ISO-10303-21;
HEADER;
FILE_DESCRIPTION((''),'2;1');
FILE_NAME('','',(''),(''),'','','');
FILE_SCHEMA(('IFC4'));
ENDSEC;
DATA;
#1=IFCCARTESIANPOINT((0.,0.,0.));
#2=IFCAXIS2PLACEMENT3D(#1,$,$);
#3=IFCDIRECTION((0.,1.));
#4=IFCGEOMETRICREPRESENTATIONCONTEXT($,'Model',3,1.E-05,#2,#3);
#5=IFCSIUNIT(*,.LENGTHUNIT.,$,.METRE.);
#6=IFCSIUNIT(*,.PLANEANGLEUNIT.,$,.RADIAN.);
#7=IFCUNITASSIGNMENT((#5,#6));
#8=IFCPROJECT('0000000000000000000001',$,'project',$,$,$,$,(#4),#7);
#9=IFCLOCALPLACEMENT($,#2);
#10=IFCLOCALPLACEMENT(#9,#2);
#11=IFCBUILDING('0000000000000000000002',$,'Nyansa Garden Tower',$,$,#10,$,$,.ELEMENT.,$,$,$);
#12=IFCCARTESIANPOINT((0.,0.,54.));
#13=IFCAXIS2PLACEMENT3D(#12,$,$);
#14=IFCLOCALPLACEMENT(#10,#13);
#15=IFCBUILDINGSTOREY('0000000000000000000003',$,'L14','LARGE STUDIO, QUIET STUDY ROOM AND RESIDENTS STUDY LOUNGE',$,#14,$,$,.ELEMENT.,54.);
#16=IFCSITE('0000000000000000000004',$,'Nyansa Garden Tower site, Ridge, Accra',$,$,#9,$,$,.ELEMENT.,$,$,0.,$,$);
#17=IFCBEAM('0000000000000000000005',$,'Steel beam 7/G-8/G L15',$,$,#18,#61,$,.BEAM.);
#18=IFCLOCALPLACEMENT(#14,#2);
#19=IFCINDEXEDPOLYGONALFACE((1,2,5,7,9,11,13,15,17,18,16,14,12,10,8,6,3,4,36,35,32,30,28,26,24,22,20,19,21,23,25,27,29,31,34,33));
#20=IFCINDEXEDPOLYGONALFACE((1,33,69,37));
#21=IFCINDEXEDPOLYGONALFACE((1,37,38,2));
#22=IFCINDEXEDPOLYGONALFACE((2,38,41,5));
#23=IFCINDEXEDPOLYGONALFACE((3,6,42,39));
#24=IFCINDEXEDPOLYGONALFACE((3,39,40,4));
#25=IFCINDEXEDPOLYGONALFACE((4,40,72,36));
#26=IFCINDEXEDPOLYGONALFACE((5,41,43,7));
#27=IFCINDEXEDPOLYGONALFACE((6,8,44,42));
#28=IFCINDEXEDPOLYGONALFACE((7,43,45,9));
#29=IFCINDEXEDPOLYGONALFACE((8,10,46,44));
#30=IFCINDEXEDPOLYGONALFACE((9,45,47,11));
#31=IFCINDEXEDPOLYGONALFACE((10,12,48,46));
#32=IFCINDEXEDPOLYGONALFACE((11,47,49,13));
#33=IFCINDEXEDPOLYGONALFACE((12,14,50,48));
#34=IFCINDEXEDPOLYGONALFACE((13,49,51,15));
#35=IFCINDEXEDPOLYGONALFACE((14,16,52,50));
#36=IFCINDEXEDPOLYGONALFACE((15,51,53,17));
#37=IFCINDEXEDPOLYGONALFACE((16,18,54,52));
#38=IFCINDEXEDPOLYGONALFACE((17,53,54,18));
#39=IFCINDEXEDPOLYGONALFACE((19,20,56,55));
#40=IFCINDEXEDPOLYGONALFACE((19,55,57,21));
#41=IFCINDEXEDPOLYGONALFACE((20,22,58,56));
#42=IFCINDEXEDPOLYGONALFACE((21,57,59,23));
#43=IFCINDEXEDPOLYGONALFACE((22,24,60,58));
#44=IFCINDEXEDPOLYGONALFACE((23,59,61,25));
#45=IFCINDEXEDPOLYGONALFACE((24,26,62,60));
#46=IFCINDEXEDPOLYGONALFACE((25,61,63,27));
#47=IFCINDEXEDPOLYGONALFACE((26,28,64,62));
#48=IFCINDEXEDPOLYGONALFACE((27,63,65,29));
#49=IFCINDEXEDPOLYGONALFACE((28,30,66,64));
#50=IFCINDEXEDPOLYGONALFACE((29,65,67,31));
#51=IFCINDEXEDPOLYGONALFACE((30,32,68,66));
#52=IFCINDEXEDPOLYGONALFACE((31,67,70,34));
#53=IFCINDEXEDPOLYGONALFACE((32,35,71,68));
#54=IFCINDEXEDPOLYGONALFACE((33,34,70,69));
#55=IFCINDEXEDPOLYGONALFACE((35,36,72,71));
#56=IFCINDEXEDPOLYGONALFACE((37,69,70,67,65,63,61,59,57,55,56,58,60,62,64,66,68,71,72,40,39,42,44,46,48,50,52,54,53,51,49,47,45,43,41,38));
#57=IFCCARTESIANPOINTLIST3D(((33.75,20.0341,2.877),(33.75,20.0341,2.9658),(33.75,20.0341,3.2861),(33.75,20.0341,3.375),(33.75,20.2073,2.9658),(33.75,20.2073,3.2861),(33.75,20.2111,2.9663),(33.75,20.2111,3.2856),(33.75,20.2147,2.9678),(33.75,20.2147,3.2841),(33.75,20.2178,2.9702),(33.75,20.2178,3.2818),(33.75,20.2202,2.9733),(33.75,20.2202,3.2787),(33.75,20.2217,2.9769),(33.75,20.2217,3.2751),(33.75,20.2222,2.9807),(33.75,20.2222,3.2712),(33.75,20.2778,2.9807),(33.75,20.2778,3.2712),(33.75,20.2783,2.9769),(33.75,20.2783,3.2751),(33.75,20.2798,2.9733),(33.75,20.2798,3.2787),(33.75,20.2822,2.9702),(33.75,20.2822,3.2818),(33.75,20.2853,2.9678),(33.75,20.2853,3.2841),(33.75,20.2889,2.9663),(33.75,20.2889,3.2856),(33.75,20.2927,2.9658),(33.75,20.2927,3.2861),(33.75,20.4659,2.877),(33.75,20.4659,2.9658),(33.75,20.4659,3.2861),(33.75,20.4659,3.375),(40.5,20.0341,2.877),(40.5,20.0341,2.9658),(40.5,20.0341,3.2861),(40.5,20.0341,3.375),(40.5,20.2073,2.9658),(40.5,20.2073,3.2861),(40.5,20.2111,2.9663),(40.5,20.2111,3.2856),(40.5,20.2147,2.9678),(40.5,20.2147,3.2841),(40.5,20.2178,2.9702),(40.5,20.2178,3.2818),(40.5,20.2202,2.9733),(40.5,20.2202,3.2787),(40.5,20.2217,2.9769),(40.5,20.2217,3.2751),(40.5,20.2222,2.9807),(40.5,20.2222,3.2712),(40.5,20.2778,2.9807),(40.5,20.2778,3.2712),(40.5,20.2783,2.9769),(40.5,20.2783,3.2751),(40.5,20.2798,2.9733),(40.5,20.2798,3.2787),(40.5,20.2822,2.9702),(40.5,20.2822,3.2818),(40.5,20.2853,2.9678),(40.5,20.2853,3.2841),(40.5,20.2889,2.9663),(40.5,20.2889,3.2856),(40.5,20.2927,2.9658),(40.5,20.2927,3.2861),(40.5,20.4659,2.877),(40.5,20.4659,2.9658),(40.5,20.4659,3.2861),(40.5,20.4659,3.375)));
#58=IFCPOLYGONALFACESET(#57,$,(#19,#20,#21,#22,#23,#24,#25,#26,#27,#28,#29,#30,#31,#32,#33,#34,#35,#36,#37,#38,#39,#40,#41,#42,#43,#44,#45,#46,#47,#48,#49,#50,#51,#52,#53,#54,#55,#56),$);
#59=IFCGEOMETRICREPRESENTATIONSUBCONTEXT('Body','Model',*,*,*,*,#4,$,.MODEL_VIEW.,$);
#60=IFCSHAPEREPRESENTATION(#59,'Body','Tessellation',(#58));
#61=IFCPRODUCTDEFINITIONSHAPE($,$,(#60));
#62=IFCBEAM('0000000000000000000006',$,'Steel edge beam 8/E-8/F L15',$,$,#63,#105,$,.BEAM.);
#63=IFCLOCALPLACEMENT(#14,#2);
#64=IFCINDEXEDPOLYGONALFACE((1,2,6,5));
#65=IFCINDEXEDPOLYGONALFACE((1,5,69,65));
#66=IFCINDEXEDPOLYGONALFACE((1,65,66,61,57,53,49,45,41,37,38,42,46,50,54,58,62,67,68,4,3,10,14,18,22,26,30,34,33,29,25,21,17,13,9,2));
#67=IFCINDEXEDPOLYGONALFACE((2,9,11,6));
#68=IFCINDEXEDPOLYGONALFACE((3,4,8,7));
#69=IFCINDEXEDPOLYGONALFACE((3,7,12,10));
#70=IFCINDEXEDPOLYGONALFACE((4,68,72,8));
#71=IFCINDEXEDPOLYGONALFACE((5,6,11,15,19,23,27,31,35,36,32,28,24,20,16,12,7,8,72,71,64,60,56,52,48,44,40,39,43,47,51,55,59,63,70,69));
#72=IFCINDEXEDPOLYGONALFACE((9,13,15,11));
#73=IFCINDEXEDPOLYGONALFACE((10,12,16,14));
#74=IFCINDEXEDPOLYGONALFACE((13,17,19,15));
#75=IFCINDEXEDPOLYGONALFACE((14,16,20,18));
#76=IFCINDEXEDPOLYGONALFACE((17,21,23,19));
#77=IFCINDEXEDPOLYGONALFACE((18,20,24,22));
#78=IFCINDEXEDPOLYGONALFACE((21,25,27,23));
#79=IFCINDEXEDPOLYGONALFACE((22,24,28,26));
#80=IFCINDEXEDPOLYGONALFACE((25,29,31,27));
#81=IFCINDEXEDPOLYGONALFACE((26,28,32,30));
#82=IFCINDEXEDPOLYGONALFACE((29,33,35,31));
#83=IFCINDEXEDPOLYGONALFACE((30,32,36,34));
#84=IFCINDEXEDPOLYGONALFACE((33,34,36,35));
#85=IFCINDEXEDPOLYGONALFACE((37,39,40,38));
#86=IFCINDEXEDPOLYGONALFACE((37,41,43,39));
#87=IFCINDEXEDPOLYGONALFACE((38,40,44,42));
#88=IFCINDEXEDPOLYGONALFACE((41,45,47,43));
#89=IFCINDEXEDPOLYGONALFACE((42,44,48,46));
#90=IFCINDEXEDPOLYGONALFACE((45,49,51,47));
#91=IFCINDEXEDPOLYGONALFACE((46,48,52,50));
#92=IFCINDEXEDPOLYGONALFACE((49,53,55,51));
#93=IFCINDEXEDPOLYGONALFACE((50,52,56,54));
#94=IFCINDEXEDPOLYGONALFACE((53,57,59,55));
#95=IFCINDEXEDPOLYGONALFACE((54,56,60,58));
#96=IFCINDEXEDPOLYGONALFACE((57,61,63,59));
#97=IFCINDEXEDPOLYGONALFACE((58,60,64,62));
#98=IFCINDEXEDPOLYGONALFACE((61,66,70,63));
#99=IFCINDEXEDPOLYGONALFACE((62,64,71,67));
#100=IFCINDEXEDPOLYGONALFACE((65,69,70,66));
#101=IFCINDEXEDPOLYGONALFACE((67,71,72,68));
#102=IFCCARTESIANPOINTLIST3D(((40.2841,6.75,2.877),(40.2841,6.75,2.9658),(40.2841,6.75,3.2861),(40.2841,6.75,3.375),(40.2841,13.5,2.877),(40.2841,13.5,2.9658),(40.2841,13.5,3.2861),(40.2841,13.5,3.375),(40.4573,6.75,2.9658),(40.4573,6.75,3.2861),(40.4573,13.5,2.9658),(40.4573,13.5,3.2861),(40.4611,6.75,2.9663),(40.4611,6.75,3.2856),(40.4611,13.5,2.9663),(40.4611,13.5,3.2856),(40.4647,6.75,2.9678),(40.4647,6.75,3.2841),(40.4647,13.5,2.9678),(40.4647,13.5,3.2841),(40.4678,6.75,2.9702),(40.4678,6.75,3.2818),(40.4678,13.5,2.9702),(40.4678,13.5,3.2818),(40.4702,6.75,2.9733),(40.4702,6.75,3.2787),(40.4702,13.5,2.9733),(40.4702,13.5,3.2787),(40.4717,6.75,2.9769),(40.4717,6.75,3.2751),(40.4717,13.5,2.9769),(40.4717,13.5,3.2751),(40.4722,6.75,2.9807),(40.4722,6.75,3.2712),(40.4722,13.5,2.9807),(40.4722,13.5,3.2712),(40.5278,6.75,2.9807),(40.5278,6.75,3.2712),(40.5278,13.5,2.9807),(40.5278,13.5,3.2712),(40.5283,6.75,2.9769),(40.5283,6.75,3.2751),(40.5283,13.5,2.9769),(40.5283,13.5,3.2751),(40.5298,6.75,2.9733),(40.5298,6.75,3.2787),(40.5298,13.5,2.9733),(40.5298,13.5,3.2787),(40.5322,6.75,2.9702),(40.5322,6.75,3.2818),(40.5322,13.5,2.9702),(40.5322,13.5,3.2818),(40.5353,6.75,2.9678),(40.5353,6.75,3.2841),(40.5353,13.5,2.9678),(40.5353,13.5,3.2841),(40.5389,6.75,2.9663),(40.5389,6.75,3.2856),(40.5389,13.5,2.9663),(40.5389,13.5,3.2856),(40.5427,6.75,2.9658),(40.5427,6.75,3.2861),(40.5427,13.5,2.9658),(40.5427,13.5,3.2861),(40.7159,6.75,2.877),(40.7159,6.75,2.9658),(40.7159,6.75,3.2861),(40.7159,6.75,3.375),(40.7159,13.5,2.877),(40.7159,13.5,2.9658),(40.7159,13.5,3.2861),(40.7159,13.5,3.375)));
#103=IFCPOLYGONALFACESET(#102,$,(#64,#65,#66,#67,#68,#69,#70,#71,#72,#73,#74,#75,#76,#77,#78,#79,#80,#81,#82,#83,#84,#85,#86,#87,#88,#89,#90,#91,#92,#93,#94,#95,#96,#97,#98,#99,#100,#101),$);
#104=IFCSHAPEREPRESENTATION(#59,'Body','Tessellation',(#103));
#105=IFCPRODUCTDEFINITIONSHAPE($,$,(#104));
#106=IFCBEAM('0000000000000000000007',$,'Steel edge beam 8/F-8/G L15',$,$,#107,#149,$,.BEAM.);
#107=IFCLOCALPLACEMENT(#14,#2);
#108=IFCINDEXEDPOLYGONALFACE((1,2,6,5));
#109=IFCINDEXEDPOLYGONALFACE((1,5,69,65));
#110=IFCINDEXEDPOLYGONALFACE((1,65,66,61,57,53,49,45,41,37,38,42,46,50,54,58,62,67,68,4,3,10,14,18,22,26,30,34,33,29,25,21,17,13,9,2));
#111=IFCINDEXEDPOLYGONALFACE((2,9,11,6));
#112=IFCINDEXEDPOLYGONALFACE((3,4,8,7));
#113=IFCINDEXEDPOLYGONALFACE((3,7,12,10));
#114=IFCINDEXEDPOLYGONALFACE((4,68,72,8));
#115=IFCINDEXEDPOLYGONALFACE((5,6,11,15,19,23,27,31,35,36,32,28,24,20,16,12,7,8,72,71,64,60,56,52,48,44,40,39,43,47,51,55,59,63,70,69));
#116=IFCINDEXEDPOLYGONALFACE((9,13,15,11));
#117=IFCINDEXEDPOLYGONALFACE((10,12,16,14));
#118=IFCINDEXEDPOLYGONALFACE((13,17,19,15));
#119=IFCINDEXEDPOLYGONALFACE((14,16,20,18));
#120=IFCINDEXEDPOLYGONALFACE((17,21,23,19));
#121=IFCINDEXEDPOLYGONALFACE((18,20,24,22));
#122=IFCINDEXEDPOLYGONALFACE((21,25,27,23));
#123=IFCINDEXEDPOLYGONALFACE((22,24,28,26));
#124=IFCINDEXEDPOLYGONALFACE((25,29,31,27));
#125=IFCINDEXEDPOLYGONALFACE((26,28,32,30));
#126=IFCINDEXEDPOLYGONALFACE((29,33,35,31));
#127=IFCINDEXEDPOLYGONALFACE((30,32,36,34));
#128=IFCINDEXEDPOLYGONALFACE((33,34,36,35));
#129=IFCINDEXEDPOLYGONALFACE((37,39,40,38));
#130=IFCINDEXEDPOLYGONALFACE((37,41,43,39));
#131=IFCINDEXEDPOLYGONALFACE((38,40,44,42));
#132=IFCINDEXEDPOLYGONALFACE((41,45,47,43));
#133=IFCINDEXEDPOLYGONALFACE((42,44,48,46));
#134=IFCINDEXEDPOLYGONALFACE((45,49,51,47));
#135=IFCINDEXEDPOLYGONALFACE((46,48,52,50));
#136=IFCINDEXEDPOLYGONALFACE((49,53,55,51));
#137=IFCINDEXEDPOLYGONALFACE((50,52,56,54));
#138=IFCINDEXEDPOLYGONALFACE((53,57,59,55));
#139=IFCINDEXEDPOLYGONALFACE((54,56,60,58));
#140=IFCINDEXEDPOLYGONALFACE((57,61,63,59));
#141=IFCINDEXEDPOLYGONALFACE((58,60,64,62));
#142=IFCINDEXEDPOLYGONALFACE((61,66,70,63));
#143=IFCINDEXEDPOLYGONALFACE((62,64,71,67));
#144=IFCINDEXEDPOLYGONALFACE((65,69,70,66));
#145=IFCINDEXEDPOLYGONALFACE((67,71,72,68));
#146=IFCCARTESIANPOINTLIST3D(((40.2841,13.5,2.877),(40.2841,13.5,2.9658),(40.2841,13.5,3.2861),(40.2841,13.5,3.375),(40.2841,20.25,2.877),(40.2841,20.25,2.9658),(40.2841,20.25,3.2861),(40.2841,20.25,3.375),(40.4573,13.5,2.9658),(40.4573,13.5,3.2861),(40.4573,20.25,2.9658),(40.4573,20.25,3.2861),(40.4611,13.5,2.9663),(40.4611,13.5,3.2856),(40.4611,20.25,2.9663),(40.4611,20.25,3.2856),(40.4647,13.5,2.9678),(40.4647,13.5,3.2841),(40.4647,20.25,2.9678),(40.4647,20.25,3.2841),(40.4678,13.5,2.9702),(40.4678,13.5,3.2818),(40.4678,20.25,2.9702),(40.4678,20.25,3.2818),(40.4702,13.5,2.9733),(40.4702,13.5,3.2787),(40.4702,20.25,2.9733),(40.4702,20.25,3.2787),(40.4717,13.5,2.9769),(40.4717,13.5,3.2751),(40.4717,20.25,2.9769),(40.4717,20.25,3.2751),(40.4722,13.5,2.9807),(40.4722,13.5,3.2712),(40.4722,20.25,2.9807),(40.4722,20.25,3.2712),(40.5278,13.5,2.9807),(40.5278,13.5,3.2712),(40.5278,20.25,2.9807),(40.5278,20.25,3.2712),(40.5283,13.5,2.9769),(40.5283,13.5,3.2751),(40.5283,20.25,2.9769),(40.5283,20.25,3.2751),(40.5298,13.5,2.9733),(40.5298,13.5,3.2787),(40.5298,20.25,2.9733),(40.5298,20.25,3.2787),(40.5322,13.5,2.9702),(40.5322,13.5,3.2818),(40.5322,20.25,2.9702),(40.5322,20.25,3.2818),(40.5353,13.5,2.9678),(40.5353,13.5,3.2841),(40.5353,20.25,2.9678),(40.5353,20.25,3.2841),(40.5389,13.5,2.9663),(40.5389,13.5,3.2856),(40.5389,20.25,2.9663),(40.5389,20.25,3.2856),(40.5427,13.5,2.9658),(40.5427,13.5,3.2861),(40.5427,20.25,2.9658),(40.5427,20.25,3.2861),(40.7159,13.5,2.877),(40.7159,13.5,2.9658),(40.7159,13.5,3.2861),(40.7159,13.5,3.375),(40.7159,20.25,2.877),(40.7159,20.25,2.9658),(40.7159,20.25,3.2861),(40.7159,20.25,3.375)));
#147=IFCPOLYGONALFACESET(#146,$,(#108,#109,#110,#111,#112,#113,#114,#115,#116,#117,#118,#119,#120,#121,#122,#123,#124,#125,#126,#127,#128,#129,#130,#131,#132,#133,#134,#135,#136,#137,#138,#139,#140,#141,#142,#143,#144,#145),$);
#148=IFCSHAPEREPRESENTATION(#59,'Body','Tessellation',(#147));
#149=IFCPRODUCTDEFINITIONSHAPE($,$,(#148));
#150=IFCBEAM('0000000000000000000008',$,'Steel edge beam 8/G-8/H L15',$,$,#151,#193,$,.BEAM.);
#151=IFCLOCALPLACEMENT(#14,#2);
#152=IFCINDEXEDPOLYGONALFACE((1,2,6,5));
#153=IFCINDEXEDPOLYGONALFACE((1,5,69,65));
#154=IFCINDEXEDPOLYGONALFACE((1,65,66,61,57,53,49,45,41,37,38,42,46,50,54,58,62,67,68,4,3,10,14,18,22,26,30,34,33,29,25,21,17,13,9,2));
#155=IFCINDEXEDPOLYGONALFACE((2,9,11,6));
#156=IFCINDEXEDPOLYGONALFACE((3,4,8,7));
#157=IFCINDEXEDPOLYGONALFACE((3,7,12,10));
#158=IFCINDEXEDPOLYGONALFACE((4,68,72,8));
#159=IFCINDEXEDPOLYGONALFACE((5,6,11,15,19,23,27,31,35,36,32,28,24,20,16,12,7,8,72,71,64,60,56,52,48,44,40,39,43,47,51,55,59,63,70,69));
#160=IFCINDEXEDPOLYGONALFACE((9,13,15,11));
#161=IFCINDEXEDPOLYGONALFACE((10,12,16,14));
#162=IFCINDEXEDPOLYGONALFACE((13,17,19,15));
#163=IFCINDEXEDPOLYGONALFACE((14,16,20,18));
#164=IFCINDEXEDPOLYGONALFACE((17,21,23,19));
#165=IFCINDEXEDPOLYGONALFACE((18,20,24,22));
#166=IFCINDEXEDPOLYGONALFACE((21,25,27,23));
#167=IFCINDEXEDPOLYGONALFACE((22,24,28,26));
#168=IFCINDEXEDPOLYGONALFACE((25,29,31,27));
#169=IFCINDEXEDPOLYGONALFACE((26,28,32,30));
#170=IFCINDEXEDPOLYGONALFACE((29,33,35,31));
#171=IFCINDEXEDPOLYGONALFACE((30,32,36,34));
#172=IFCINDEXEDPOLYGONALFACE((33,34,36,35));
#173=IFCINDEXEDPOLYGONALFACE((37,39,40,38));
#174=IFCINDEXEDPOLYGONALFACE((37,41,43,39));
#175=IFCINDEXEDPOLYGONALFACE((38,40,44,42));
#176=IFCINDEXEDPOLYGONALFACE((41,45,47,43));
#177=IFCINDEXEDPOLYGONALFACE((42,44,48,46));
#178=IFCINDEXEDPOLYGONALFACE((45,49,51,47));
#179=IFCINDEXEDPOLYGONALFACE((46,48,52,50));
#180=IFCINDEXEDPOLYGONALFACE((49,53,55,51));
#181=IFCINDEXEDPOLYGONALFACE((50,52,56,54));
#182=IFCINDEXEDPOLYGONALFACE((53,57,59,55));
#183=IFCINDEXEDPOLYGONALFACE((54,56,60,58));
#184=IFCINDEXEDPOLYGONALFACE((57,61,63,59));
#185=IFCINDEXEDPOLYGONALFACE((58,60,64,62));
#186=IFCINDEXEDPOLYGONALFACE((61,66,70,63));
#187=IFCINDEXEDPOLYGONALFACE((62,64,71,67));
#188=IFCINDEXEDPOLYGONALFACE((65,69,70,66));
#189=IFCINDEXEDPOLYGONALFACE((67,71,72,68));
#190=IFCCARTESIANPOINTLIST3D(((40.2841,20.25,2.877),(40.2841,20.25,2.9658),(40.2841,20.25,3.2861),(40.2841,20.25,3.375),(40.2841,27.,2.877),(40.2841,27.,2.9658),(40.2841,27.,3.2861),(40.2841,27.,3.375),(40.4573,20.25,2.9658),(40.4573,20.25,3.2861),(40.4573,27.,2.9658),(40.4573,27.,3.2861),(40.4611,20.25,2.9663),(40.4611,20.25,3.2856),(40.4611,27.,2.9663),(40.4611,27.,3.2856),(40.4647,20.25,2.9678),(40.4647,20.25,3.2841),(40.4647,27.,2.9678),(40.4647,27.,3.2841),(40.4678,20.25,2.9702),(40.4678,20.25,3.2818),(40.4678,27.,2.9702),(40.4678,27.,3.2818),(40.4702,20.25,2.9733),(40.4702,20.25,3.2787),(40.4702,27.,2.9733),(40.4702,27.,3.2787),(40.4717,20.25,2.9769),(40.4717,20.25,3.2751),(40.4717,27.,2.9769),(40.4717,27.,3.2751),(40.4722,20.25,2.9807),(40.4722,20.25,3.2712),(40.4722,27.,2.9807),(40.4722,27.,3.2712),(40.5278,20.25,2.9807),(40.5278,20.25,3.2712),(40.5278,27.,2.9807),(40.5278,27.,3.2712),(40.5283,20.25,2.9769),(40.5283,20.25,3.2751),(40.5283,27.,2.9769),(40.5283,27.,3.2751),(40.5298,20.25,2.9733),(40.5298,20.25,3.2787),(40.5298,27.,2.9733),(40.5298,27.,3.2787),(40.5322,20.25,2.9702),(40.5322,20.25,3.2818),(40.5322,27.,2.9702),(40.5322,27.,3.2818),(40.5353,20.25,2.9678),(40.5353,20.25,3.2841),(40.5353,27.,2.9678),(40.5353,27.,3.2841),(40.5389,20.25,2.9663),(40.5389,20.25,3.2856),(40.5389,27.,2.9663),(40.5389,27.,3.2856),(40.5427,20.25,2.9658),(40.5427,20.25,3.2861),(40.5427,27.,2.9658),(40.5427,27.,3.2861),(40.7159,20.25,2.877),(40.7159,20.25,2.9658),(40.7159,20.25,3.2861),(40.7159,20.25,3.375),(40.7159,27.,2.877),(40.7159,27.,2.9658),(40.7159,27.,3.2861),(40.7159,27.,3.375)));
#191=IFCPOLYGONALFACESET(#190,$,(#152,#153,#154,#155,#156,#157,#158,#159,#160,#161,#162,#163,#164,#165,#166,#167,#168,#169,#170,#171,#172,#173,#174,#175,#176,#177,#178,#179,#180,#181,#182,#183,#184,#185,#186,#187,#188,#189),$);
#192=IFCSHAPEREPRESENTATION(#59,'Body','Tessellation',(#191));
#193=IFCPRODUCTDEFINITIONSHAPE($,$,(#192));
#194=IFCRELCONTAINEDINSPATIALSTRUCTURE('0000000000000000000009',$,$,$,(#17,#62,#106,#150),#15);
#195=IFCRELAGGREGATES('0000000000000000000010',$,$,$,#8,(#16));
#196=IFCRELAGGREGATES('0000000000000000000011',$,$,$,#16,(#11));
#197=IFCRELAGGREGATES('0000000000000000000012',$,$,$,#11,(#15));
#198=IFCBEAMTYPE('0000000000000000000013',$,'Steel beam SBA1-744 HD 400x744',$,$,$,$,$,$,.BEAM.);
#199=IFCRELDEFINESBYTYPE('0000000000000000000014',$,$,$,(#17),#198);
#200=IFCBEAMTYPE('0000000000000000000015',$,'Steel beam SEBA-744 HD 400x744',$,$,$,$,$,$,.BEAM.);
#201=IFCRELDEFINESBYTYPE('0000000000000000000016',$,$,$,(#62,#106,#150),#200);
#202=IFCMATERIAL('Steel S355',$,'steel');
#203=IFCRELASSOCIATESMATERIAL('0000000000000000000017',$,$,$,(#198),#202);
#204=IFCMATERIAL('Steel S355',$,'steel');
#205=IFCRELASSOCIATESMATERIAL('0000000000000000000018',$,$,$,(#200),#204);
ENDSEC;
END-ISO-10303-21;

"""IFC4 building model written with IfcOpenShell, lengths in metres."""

from ifc_helpers import new_model, si_unit, direction, frame, origin, origin_2d, place, context, subcontext, project, spatial, i_section, extrude, material, material_profile, profile_set, type_object, element, save


model = new_model("IFC4")

# Units and contexts
model_context = context("Model", 3, precision=1e-05, world=origin(), true_north=direction((0.0, 1.0)))
body_context = subcontext(model_context, "Body", "Model", "MODEL_VIEW")
ifc_project = project(units=[si_unit("LENGTHUNIT", "METRE"), si_unit("PLANEANGLEUNIT", "RADIAN")], contexts=[model_context])

# Site, building, storey
site_placement = place(None, origin())
site = spatial("IfcSite", under=ifc_project, at=site_placement, Name="Nyansa Garden Tower site, Ridge, Accra", CompositionType="ELEMENT", RefElevation=0.0)
building_placement = place(site_placement, origin())
building = spatial("IfcBuilding", under=site, at=building_placement, Name="Nyansa Garden Tower", CompositionType="ELEMENT")
storey_placement = place(building_placement, frame((0.0, 0.0, 54.0)))
storey = spatial("IfcBuildingStorey", under=building, at=storey_placement, Name="L14", Description="LARGE STUDIO, QUIET STUDY ROOM AND RESIDENTS STUDY LOUNGE", CompositionType="ELEMENT", Elevation=54.0)

# Beams
ifc_material_1 = material(Name="Steel S355", Category="steel")
ifc_material_profile_1 = material_profile(ifc_material_1, i_section(OverallWidth=0.4319, OverallDepth=0.498, WebThickness=0.0557, FlangeThickness=0.0889, FilletRadius=0.0149, at=origin_2d()), Name="HD 400x744")
ifc_profile_set_1 = profile_set([ifc_material_profile_1], Name="Steel S355")
beam_type_1 = type_object("IfcBeamType", Name="Steel beam SBA1-744 HD 400x744", PredefinedType="BEAM", material=ifc_profile_set_1)
for number, where, z_axis, x_axis, name in (
    (1, (33.75, 20.25, 3.126), (1.0, 0.0, 0.0), (0.0, 1.0, 0.0), "Steel beam 7/G-8/G L15"),
):
    element("IfcBeam", number, at=place(storey_placement, frame(where, z_axis=z_axis, x_axis=x_axis)), inside=storey, type_object=beam_type_1, Name=name, PredefinedType="BEAM", context=body_context, shape_type="SweptSolid", body=[
        extrude(i_section(OverallWidth=0.4319, OverallDepth=0.498, WebThickness=0.0557, FlangeThickness=0.0889, FilletRadius=0.0149, at=origin_2d()), origin(), (0.0, 0.0, 1.0), 6.75),
    ])
ifc_material_2 = material(Name="Steel S355", Category="steel")
ifc_material_profile_2 = material_profile(ifc_material_2, i_section(OverallWidth=0.4319, OverallDepth=0.498, WebThickness=0.0557, FlangeThickness=0.0889, FilletRadius=0.0149, at=origin_2d()), Name="HD 400x744")
ifc_profile_set_2 = profile_set([ifc_material_profile_2], Name="Steel S355")
beam_type_2 = type_object("IfcBeamType", Name="Steel beam SEBA-744 HD 400x744", PredefinedType="BEAM", material=ifc_profile_set_2)
for number, where, z_axis, x_axis, name in (
    (2, (40.5, 6.75, 3.126), (0.0, 1.0, 0.0), (-1.0, 0.0, 0.0), "Steel edge beam 8/E-8/F L15"),
    (3, (40.5, 13.5, 3.126), (0.0, 1.0, 0.0), (-1.0, 0.0, 0.0), "Steel edge beam 8/F-8/G L15"),
    (4, (40.5, 20.25, 3.126), (0.0, 1.0, 0.0), (-1.0, 0.0, 0.0), "Steel edge beam 8/G-8/H L15"),
):
    element("IfcBeam", number, at=place(storey_placement, frame(where, z_axis=z_axis, x_axis=x_axis)), inside=storey, type_object=beam_type_2, Name=name, PredefinedType="BEAM", context=body_context, shape_type="SweptSolid", body=[
        extrude(i_section(OverallWidth=0.4319, OverallDepth=0.498, WebThickness=0.0557, FlangeThickness=0.0889, FilletRadius=0.0149, at=origin_2d()), origin(), (0.0, 0.0, 1.0), 6.75),
    ])

save(model, "model.ifc")
